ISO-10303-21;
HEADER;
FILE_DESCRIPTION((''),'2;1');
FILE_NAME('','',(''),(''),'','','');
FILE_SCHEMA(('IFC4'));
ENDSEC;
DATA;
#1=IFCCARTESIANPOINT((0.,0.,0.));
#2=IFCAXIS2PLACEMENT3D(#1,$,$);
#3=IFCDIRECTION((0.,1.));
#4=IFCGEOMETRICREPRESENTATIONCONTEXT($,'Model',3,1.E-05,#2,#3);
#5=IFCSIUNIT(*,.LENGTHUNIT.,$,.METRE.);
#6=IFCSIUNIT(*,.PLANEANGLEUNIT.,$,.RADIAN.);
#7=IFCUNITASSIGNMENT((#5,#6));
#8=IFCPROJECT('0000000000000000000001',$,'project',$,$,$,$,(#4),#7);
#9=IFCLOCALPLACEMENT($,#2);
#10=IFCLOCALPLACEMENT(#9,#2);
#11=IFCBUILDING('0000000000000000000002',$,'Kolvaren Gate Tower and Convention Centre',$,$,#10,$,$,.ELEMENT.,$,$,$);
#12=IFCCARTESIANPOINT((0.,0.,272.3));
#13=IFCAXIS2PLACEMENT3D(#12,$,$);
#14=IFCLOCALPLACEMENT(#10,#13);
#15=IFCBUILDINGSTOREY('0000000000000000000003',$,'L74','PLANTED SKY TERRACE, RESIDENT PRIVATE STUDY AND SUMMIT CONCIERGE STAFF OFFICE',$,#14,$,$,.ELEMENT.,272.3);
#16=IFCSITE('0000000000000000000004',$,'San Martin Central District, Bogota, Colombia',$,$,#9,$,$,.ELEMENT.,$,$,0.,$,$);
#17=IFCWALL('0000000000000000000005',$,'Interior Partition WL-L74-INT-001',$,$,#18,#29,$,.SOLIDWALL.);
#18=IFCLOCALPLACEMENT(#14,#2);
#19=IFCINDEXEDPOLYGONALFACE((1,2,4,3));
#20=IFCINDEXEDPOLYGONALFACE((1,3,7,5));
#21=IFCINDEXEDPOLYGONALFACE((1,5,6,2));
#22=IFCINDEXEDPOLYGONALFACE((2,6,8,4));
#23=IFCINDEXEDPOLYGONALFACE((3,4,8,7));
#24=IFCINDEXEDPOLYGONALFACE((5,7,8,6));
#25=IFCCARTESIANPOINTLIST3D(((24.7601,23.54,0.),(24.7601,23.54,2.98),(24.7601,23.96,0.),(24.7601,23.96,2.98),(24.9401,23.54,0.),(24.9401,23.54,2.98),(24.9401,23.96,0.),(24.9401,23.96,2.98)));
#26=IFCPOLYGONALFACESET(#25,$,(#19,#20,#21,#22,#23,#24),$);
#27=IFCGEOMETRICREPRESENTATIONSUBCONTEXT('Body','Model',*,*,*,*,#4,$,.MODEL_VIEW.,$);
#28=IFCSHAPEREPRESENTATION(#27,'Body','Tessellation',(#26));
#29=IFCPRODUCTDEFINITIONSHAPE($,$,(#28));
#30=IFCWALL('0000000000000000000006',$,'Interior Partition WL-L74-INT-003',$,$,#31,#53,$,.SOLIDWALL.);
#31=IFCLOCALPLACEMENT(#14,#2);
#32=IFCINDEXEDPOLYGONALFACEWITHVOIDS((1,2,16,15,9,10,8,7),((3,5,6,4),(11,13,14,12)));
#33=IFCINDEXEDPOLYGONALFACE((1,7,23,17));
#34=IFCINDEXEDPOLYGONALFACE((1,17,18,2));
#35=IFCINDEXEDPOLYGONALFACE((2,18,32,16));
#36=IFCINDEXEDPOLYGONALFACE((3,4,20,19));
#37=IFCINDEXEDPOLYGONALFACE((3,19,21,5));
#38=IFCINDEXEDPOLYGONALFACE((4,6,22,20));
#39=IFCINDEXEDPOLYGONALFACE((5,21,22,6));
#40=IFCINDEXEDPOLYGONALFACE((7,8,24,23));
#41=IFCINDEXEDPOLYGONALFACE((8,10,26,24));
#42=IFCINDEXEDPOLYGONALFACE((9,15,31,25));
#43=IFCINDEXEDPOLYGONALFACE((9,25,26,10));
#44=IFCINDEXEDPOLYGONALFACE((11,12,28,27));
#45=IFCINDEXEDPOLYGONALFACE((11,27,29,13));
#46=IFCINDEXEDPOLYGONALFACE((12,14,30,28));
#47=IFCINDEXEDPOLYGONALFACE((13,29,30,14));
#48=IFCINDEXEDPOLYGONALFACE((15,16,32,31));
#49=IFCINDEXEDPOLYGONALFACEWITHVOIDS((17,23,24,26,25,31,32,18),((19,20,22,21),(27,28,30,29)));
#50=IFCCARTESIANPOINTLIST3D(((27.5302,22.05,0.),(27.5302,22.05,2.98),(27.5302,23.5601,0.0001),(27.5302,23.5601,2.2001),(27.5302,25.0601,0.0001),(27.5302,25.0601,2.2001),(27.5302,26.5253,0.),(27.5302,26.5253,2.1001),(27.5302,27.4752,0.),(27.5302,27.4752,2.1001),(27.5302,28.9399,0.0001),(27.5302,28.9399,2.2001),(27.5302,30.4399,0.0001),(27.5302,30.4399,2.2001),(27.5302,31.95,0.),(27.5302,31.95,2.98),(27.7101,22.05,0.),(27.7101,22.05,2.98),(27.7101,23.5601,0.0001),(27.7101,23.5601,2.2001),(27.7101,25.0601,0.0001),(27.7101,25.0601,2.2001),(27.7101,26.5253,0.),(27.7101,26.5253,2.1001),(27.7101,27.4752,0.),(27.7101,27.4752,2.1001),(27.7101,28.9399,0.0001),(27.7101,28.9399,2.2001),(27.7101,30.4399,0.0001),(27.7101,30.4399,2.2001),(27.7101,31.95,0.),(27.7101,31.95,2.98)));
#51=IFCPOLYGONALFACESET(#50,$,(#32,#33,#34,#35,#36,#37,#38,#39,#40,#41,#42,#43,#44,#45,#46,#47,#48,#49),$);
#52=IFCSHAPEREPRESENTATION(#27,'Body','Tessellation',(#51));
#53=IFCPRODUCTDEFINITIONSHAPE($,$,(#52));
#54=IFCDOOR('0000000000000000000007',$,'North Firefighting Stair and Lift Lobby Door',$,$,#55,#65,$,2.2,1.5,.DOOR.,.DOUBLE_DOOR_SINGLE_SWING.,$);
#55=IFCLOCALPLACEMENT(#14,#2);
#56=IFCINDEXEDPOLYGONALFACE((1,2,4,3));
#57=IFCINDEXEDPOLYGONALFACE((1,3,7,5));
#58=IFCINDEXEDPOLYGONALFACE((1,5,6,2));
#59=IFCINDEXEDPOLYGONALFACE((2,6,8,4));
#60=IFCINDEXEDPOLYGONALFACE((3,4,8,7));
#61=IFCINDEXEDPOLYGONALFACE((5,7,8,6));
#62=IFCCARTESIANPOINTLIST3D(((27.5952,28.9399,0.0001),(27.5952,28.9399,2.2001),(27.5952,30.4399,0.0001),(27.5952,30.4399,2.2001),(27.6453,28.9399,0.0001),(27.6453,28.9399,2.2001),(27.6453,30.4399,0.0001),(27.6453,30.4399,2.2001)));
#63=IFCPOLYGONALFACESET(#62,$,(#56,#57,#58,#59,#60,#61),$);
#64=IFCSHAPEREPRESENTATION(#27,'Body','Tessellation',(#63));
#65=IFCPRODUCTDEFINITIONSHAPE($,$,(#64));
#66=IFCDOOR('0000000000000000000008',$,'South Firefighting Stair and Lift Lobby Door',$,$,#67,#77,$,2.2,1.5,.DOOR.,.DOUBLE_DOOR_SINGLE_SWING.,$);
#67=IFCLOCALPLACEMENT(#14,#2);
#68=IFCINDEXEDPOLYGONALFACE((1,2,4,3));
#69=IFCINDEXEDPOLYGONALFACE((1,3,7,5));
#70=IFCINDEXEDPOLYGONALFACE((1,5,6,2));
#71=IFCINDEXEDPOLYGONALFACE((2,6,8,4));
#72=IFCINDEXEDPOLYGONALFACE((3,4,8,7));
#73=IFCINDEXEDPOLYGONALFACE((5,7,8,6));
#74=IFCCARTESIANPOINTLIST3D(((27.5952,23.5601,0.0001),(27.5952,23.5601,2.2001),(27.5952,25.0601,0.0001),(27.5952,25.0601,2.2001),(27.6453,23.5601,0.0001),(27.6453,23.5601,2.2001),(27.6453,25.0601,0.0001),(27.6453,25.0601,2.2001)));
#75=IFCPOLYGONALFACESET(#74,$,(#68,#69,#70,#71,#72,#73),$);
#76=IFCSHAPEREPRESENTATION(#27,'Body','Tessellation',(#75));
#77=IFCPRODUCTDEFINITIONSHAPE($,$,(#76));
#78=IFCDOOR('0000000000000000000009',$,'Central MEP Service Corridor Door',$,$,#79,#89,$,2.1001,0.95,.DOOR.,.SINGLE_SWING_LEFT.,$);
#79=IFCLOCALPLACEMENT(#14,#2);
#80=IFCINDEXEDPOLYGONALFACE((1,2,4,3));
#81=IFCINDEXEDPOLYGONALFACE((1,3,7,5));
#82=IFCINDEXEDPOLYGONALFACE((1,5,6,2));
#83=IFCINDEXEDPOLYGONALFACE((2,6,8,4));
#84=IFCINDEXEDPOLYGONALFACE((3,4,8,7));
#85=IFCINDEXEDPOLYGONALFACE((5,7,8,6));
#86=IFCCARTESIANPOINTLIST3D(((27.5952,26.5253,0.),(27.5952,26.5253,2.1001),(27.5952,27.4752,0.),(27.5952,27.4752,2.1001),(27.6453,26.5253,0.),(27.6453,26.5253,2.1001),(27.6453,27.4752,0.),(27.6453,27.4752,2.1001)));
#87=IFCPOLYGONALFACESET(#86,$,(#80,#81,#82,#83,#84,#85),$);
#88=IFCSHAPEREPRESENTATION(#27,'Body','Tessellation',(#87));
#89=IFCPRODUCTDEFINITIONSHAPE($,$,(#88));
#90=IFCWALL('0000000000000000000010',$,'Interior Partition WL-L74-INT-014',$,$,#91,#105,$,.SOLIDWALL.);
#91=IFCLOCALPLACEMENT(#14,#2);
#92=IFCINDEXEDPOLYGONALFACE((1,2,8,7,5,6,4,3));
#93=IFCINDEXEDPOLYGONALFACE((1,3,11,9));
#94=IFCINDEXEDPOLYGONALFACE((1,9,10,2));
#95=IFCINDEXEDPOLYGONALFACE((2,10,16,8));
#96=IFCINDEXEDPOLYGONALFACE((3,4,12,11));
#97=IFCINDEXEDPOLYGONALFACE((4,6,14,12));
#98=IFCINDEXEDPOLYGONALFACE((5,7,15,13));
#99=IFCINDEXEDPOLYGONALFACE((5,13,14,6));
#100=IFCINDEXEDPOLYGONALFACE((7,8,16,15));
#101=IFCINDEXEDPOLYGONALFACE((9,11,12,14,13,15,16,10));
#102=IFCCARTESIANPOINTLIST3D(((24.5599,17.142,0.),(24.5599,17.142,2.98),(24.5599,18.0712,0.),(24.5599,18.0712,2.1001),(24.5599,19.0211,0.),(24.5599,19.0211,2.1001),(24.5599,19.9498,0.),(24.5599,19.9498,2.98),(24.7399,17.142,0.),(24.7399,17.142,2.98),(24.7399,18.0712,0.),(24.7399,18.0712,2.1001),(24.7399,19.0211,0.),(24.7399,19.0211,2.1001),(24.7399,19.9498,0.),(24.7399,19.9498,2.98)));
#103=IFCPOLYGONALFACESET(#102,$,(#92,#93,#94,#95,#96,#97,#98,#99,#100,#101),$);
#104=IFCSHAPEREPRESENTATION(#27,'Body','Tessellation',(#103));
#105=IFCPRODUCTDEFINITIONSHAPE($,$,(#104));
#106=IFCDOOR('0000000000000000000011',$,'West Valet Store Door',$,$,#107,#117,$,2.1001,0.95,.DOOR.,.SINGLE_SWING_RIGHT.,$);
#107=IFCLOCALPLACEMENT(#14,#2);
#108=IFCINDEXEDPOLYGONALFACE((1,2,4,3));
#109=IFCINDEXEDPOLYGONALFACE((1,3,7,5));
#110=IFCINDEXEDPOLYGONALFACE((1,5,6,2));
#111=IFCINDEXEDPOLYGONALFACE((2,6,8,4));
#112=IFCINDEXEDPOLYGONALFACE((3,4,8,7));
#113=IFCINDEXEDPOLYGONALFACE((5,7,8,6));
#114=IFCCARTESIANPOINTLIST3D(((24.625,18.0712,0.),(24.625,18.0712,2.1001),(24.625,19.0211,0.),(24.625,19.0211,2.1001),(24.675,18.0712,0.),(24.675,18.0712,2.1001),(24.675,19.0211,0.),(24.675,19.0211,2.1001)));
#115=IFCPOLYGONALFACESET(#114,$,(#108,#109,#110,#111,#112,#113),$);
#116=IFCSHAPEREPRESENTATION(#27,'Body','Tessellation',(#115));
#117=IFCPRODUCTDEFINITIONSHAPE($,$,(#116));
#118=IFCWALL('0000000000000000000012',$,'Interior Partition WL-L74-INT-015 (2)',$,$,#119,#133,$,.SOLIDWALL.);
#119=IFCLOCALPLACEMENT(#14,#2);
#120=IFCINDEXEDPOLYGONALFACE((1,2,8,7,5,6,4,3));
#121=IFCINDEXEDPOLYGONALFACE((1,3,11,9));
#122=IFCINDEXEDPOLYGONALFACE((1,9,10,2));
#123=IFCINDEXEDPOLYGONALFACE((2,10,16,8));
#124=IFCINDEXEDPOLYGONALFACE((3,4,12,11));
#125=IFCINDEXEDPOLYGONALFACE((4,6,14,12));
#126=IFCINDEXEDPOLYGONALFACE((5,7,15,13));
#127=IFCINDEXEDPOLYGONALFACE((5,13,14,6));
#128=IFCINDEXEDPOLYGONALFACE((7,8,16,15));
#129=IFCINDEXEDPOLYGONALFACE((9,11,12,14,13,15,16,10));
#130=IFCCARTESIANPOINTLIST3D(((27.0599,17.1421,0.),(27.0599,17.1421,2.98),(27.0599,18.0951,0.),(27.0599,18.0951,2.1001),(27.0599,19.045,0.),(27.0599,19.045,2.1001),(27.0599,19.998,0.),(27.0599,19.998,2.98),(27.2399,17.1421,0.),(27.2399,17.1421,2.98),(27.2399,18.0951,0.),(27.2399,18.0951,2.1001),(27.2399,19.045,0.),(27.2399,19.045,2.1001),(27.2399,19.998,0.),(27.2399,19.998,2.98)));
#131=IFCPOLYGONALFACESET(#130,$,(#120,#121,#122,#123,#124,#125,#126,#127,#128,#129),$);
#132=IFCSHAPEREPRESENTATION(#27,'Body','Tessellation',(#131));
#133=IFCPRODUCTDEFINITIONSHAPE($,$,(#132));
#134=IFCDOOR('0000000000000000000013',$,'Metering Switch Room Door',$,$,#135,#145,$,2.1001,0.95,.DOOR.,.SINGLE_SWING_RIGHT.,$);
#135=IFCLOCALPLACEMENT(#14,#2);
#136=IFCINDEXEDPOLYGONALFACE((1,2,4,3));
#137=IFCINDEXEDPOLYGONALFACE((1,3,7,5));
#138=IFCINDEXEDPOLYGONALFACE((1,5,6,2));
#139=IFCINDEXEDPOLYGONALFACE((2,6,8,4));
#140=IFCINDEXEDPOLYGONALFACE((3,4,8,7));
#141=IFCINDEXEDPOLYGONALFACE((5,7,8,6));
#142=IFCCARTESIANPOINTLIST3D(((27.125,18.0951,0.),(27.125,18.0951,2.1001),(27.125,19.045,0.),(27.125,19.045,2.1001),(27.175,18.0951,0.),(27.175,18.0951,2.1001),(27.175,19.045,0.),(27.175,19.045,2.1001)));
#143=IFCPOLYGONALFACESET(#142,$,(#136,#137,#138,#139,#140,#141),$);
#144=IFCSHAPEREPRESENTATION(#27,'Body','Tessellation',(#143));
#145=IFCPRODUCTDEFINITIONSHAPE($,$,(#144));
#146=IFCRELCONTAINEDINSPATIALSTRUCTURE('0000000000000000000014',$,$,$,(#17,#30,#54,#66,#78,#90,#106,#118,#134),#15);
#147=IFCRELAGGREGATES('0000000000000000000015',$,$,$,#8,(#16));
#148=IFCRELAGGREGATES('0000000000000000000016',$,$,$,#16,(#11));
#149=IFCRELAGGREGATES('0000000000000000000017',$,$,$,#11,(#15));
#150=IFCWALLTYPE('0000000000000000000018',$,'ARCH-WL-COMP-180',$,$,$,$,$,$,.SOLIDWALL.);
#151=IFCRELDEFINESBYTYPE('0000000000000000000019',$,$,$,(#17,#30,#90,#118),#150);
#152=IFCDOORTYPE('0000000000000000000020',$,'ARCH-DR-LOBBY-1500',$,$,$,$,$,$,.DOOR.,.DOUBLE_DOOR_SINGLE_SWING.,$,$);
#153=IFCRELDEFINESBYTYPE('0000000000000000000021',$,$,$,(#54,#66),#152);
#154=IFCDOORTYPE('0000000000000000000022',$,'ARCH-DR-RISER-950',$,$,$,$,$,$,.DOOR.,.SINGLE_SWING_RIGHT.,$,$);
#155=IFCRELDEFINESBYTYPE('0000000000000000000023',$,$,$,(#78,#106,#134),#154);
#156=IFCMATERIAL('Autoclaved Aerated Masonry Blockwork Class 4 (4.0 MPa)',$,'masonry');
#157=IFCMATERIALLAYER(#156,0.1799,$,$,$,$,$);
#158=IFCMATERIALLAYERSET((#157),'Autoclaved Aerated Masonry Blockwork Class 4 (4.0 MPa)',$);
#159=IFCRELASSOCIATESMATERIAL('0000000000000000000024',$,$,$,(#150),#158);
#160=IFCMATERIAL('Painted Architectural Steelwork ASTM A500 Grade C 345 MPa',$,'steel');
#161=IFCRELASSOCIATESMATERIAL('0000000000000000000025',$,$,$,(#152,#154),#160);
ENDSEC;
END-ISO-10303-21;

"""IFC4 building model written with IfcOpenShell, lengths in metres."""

from ifc_helpers import new_model, si_unit, direction, frame, frame_2d, origin, place, context, subcontext, project, spatial, rectangle, extrude, material, layer, layer_set, type_object, element, fill, save


model = new_model("IFC4")

# Units and contexts
model_context = context("Model", 3, precision=1e-05, world=origin(), true_north=direction((0.0, 1.0)))
body_context = subcontext(model_context, "Body", "Model", "MODEL_VIEW")
ifc_project = project(units=[si_unit("LENGTHUNIT", "METRE"), si_unit("PLANEANGLEUNIT", "RADIAN")], contexts=[model_context])

# Site, building, storey
site_placement = place(None, origin())
site = spatial("IfcSite", under=ifc_project, at=site_placement, Name="San Martin Central District, Bogota, Colombia", CompositionType="ELEMENT", RefElevation=0.0)
building_placement = place(site_placement, origin())
building = spatial("IfcBuilding", under=site, at=building_placement, Name="Kolvaren Gate Tower and Convention Centre", CompositionType="ELEMENT")
storey_placement = place(building_placement, frame((0.0, 0.0, 272.3)))
storey = spatial("IfcBuildingStorey", under=building, at=storey_placement, Name="L74", Description="PLANTED SKY TERRACE, RESIDENT PRIVATE STUDY AND SUMMIT CONCIERGE STAFF OFFICE", CompositionType="ELEMENT", Elevation=272.3)

# Wall
ifc_material_1 = material(Name="Autoclaved Aerated Masonry Blockwork Class 4 (4.0 MPa)", Category="masonry")
ifc_layer_1 = layer(ifc_material_1, 0.1799)
ifc_layer_set_1 = layer_set([ifc_layer_1], Name="Autoclaved Aerated Masonry Blockwork Class 4 (4.0 MPa)")
wall_type_1 = type_object("IfcWallType", Name="ARCH-WL-COMP-180", PredefinedType="SOLIDWALL", material=ifc_layer_set_1)
wall_1_placement = place(storey_placement, frame((24.8501, 23.54, 0.0), z_axis=(0.0, 0.0, 1.0), x_axis=(0.0, 1.0, 0.0)))
element("IfcWall", 1, at=wall_1_placement, inside=storey, type_object=wall_type_1, Name="Interior Partition WL-L74-INT-001", PredefinedType="SOLIDWALL", context=body_context, shape_type="SweptSolid", body=[
    extrude(rectangle(XDim=0.4199, YDim=0.1799, at=frame_2d((0.21, 0.0))), origin(), (0.0, 0.0, 1.0), 2.98),
])

# Wall, openings, doors
wall_2_placement = place(storey_placement, frame((27.6201, 22.05, 0.0), z_axis=(0.0, 0.0, 1.0), x_axis=(0.0, 1.0, 0.0)))
wall_2 = element("IfcWall", 2, at=wall_2_placement, inside=storey, type_object=wall_type_1, Name="Interior Partition WL-L74-INT-003", PredefinedType="SOLIDWALL", context=body_context, shape_type="SweptSolid", body=[
    extrude(rectangle(XDim=9.8999, YDim=0.1799, at=frame_2d((4.95, 0.0))), origin(), (0.0, 0.0, 1.0), 2.98),
])
opening_1_placement = place(wall_2_placement, frame((4.4751, 0.0, 0.0)))
opening_1 = element("IfcOpeningElement", 3, at=opening_1_placement, cuts=wall_2, PredefinedType="OPENING", context=body_context, shape_type="SweptSolid", body=[
    extrude(rectangle(XDim=0.95, YDim=2.1001, at=frame_2d((0.4751, 1.05))), frame((0.0, 0.0999, 0.0), z_axis=(0.0, -1.0, 0.0), x_axis=(1.0, 0.0, 0.0)), (0.0, 0.0, 1.0), 0.2),
])
opening_2_placement = place(wall_2_placement, frame((6.8899, 0.0, 0.0)))
opening_2 = element("IfcOpeningElement", 4, at=opening_2_placement, cuts=wall_2, PredefinedType="OPENING", context=body_context, shape_type="SweptSolid", body=[
    extrude(rectangle(XDim=1.5, YDim=2.2, at=frame_2d((0.75, 1.1001))), frame((0.0, 0.0999, 0.0), z_axis=(0.0, -1.0, 0.0), x_axis=(1.0, 0.0, 0.0)), (0.0, 0.0, 1.0), 0.2),
])
opening_3_placement = place(wall_2_placement, frame((1.51, 0.0, 0.0)))
opening_3 = element("IfcOpeningElement", 5, at=opening_3_placement, cuts=wall_2, PredefinedType="OPENING", context=body_context, shape_type="SweptSolid", body=[
    extrude(rectangle(XDim=1.5, YDim=2.2, at=frame_2d((0.75, 1.1001))), frame((0.0, 0.0999, 0.0), z_axis=(0.0, -1.0, 0.0), x_axis=(1.0, 0.0, 0.0)), (0.0, 0.0, 1.0), 0.2),
])
ifc_material_2 = material(Name="Painted Architectural Steelwork ASTM A500 Grade C 345 MPa", Category="steel")
door_type_1 = type_object("IfcDoorType", Name="ARCH-DR-LOBBY-1500", OperationType="DOUBLE_DOOR_SINGLE_SWING", PredefinedType="DOOR", material=ifc_material_2)
door_1_placement = place(opening_2_placement, origin())
door_1 = element("IfcDoor", 6, at=door_1_placement, inside=storey, type_object=door_type_1, Name="North Firefighting Stair and Lift Lobby Door", OperationType="DOUBLE_DOOR_SINGLE_SWING", OverallHeight=2.2, OverallWidth=1.5, PredefinedType="DOOR", context=body_context, shape_type="SweptSolid", body=[
    extrude(rectangle(XDim=1.5, YDim=2.2, at=frame_2d((0.75, 1.1001))), frame((0.0, 0.0249, 0.0), z_axis=(0.0, -1.0, 0.0), x_axis=(1.0, 0.0, 0.0)), (0.0, 0.0, 1.0), 0.05),
])
fill(opening_2, door_1)
door_2_placement = place(opening_3_placement, origin())
door_2 = element("IfcDoor", 7, at=door_2_placement, inside=storey, type_object=door_type_1, Name="South Firefighting Stair and Lift Lobby Door", OperationType="DOUBLE_DOOR_SINGLE_SWING", OverallHeight=2.2, OverallWidth=1.5, PredefinedType="DOOR", context=body_context, shape_type="SweptSolid", body=[
    extrude(rectangle(XDim=1.5, YDim=2.2, at=frame_2d((0.75, 1.1001))), frame((0.0, 0.0249, 0.0), z_axis=(0.0, -1.0, 0.0), x_axis=(1.0, 0.0, 0.0)), (0.0, 0.0, 1.0), 0.05),
])
fill(opening_3, door_2)
door_type_2 = type_object("IfcDoorType", Name="ARCH-DR-RISER-950", OperationType="SINGLE_SWING_RIGHT", PredefinedType="DOOR", material=ifc_material_2)
door_3_placement = place(opening_1_placement, origin())
door_3 = element("IfcDoor", 8, at=door_3_placement, inside=storey, type_object=door_type_2, Name="Central MEP Service Corridor Door", OperationType="SINGLE_SWING_LEFT", OverallHeight=2.1001, OverallWidth=0.95, PredefinedType="DOOR", context=body_context, shape_type="SweptSolid", body=[
    extrude(rectangle(XDim=0.95, YDim=2.1001, at=frame_2d((0.4751, 1.05))), frame((0.0, 0.0249, 0.0), z_axis=(0.0, -1.0, 0.0), x_axis=(1.0, 0.0, 0.0)), (0.0, 0.0, 1.0), 0.05),
])
fill(opening_1, door_3)

# Walls, openings, doors
wall_3_placement = place(storey_placement, frame((24.6499, 17.1421, 0.0), z_axis=(0.0, 0.0, 1.0), x_axis=(0.0, 1.0, 0.0)))
wall_3 = element("IfcWall", 9, at=wall_3_placement, inside=storey, type_object=wall_type_1, Name="Interior Partition WL-L74-INT-014", PredefinedType="SOLIDWALL", context=body_context, shape_type="SweptSolid", body=[
    extrude(rectangle(XDim=2.8079, YDim=0.1799, at=frame_2d((1.4038, 0.0))), origin(), (0.0, 0.0, 1.0), 2.98),
])
opening_4_placement = place(wall_3_placement, frame((0.929, 0.0, 0.0)))
opening_4 = element("IfcOpeningElement", 10, at=opening_4_placement, cuts=wall_3, PredefinedType="OPENING", context=body_context, shape_type="SweptSolid", body=[
    extrude(rectangle(XDim=0.95, YDim=2.1001, at=frame_2d((0.4751, 1.05))), frame((0.0, 0.0999, 0.0), z_axis=(0.0, -1.0, 0.0), x_axis=(1.0, 0.0, 0.0)), (0.0, 0.0, 1.0), 0.2),
])
door_4_placement = place(opening_4_placement, origin())
door_4 = element("IfcDoor", 11, at=door_4_placement, inside=storey, type_object=door_type_2, Name="West Valet Store Door", OperationType="SINGLE_SWING_RIGHT", OverallHeight=2.1001, OverallWidth=0.95, PredefinedType="DOOR", context=body_context, shape_type="SweptSolid", body=[
    extrude(rectangle(XDim=0.95, YDim=2.1001, at=frame_2d((0.4751, 1.05))), frame((0.0, 0.0249, 0.0), z_axis=(0.0, -1.0, 0.0), x_axis=(1.0, 0.0, 0.0)), (0.0, 0.0, 1.0), 0.05),
])
fill(opening_4, door_4)
wall_4_placement = place(storey_placement, frame((27.1499, 17.1421, 0.0), z_axis=(0.0, 0.0, 1.0), x_axis=(0.0, 1.0, 0.0)))
wall_4 = element("IfcWall", 12, at=wall_4_placement, inside=storey, type_object=wall_type_1, Name="Interior Partition WL-L74-INT-015 (2)", PredefinedType="SOLIDWALL", context=body_context, shape_type="SweptSolid", body=[
    extrude(rectangle(XDim=2.856, YDim=0.1799, at=frame_2d((1.428, 0.0))), origin(), (0.0, 0.0, 1.0), 2.98),
])
opening_5_placement = place(wall_4_placement, frame((0.9529, 0.0, 0.0)))
opening_5 = element("IfcOpeningElement", 13, at=opening_5_placement, cuts=wall_4, PredefinedType="OPENING", context=body_context, shape_type="SweptSolid", body=[
    extrude(rectangle(XDim=0.95, YDim=2.1001, at=frame_2d((0.4751, 1.05))), frame((0.0, 0.0999, 0.0), z_axis=(0.0, -1.0, 0.0), x_axis=(1.0, 0.0, 0.0)), (0.0, 0.0, 1.0), 0.2),
])
door_5_placement = place(opening_5_placement, origin())
door_5 = element("IfcDoor", 14, at=door_5_placement, inside=storey, type_object=door_type_2, Name="Metering Switch Room Door", OperationType="SINGLE_SWING_RIGHT", OverallHeight=2.1001, OverallWidth=0.95, PredefinedType="DOOR", context=body_context, shape_type="SweptSolid", body=[
    extrude(rectangle(XDim=0.95, YDim=2.1001, at=frame_2d((0.4751, 1.05))), frame((0.0, 0.0249, 0.0), z_axis=(0.0, -1.0, 0.0), x_axis=(1.0, 0.0, 0.0)), (0.0, 0.0, 1.0), 0.05),
])
fill(opening_5, door_5)

save(model, "model.ifc")
